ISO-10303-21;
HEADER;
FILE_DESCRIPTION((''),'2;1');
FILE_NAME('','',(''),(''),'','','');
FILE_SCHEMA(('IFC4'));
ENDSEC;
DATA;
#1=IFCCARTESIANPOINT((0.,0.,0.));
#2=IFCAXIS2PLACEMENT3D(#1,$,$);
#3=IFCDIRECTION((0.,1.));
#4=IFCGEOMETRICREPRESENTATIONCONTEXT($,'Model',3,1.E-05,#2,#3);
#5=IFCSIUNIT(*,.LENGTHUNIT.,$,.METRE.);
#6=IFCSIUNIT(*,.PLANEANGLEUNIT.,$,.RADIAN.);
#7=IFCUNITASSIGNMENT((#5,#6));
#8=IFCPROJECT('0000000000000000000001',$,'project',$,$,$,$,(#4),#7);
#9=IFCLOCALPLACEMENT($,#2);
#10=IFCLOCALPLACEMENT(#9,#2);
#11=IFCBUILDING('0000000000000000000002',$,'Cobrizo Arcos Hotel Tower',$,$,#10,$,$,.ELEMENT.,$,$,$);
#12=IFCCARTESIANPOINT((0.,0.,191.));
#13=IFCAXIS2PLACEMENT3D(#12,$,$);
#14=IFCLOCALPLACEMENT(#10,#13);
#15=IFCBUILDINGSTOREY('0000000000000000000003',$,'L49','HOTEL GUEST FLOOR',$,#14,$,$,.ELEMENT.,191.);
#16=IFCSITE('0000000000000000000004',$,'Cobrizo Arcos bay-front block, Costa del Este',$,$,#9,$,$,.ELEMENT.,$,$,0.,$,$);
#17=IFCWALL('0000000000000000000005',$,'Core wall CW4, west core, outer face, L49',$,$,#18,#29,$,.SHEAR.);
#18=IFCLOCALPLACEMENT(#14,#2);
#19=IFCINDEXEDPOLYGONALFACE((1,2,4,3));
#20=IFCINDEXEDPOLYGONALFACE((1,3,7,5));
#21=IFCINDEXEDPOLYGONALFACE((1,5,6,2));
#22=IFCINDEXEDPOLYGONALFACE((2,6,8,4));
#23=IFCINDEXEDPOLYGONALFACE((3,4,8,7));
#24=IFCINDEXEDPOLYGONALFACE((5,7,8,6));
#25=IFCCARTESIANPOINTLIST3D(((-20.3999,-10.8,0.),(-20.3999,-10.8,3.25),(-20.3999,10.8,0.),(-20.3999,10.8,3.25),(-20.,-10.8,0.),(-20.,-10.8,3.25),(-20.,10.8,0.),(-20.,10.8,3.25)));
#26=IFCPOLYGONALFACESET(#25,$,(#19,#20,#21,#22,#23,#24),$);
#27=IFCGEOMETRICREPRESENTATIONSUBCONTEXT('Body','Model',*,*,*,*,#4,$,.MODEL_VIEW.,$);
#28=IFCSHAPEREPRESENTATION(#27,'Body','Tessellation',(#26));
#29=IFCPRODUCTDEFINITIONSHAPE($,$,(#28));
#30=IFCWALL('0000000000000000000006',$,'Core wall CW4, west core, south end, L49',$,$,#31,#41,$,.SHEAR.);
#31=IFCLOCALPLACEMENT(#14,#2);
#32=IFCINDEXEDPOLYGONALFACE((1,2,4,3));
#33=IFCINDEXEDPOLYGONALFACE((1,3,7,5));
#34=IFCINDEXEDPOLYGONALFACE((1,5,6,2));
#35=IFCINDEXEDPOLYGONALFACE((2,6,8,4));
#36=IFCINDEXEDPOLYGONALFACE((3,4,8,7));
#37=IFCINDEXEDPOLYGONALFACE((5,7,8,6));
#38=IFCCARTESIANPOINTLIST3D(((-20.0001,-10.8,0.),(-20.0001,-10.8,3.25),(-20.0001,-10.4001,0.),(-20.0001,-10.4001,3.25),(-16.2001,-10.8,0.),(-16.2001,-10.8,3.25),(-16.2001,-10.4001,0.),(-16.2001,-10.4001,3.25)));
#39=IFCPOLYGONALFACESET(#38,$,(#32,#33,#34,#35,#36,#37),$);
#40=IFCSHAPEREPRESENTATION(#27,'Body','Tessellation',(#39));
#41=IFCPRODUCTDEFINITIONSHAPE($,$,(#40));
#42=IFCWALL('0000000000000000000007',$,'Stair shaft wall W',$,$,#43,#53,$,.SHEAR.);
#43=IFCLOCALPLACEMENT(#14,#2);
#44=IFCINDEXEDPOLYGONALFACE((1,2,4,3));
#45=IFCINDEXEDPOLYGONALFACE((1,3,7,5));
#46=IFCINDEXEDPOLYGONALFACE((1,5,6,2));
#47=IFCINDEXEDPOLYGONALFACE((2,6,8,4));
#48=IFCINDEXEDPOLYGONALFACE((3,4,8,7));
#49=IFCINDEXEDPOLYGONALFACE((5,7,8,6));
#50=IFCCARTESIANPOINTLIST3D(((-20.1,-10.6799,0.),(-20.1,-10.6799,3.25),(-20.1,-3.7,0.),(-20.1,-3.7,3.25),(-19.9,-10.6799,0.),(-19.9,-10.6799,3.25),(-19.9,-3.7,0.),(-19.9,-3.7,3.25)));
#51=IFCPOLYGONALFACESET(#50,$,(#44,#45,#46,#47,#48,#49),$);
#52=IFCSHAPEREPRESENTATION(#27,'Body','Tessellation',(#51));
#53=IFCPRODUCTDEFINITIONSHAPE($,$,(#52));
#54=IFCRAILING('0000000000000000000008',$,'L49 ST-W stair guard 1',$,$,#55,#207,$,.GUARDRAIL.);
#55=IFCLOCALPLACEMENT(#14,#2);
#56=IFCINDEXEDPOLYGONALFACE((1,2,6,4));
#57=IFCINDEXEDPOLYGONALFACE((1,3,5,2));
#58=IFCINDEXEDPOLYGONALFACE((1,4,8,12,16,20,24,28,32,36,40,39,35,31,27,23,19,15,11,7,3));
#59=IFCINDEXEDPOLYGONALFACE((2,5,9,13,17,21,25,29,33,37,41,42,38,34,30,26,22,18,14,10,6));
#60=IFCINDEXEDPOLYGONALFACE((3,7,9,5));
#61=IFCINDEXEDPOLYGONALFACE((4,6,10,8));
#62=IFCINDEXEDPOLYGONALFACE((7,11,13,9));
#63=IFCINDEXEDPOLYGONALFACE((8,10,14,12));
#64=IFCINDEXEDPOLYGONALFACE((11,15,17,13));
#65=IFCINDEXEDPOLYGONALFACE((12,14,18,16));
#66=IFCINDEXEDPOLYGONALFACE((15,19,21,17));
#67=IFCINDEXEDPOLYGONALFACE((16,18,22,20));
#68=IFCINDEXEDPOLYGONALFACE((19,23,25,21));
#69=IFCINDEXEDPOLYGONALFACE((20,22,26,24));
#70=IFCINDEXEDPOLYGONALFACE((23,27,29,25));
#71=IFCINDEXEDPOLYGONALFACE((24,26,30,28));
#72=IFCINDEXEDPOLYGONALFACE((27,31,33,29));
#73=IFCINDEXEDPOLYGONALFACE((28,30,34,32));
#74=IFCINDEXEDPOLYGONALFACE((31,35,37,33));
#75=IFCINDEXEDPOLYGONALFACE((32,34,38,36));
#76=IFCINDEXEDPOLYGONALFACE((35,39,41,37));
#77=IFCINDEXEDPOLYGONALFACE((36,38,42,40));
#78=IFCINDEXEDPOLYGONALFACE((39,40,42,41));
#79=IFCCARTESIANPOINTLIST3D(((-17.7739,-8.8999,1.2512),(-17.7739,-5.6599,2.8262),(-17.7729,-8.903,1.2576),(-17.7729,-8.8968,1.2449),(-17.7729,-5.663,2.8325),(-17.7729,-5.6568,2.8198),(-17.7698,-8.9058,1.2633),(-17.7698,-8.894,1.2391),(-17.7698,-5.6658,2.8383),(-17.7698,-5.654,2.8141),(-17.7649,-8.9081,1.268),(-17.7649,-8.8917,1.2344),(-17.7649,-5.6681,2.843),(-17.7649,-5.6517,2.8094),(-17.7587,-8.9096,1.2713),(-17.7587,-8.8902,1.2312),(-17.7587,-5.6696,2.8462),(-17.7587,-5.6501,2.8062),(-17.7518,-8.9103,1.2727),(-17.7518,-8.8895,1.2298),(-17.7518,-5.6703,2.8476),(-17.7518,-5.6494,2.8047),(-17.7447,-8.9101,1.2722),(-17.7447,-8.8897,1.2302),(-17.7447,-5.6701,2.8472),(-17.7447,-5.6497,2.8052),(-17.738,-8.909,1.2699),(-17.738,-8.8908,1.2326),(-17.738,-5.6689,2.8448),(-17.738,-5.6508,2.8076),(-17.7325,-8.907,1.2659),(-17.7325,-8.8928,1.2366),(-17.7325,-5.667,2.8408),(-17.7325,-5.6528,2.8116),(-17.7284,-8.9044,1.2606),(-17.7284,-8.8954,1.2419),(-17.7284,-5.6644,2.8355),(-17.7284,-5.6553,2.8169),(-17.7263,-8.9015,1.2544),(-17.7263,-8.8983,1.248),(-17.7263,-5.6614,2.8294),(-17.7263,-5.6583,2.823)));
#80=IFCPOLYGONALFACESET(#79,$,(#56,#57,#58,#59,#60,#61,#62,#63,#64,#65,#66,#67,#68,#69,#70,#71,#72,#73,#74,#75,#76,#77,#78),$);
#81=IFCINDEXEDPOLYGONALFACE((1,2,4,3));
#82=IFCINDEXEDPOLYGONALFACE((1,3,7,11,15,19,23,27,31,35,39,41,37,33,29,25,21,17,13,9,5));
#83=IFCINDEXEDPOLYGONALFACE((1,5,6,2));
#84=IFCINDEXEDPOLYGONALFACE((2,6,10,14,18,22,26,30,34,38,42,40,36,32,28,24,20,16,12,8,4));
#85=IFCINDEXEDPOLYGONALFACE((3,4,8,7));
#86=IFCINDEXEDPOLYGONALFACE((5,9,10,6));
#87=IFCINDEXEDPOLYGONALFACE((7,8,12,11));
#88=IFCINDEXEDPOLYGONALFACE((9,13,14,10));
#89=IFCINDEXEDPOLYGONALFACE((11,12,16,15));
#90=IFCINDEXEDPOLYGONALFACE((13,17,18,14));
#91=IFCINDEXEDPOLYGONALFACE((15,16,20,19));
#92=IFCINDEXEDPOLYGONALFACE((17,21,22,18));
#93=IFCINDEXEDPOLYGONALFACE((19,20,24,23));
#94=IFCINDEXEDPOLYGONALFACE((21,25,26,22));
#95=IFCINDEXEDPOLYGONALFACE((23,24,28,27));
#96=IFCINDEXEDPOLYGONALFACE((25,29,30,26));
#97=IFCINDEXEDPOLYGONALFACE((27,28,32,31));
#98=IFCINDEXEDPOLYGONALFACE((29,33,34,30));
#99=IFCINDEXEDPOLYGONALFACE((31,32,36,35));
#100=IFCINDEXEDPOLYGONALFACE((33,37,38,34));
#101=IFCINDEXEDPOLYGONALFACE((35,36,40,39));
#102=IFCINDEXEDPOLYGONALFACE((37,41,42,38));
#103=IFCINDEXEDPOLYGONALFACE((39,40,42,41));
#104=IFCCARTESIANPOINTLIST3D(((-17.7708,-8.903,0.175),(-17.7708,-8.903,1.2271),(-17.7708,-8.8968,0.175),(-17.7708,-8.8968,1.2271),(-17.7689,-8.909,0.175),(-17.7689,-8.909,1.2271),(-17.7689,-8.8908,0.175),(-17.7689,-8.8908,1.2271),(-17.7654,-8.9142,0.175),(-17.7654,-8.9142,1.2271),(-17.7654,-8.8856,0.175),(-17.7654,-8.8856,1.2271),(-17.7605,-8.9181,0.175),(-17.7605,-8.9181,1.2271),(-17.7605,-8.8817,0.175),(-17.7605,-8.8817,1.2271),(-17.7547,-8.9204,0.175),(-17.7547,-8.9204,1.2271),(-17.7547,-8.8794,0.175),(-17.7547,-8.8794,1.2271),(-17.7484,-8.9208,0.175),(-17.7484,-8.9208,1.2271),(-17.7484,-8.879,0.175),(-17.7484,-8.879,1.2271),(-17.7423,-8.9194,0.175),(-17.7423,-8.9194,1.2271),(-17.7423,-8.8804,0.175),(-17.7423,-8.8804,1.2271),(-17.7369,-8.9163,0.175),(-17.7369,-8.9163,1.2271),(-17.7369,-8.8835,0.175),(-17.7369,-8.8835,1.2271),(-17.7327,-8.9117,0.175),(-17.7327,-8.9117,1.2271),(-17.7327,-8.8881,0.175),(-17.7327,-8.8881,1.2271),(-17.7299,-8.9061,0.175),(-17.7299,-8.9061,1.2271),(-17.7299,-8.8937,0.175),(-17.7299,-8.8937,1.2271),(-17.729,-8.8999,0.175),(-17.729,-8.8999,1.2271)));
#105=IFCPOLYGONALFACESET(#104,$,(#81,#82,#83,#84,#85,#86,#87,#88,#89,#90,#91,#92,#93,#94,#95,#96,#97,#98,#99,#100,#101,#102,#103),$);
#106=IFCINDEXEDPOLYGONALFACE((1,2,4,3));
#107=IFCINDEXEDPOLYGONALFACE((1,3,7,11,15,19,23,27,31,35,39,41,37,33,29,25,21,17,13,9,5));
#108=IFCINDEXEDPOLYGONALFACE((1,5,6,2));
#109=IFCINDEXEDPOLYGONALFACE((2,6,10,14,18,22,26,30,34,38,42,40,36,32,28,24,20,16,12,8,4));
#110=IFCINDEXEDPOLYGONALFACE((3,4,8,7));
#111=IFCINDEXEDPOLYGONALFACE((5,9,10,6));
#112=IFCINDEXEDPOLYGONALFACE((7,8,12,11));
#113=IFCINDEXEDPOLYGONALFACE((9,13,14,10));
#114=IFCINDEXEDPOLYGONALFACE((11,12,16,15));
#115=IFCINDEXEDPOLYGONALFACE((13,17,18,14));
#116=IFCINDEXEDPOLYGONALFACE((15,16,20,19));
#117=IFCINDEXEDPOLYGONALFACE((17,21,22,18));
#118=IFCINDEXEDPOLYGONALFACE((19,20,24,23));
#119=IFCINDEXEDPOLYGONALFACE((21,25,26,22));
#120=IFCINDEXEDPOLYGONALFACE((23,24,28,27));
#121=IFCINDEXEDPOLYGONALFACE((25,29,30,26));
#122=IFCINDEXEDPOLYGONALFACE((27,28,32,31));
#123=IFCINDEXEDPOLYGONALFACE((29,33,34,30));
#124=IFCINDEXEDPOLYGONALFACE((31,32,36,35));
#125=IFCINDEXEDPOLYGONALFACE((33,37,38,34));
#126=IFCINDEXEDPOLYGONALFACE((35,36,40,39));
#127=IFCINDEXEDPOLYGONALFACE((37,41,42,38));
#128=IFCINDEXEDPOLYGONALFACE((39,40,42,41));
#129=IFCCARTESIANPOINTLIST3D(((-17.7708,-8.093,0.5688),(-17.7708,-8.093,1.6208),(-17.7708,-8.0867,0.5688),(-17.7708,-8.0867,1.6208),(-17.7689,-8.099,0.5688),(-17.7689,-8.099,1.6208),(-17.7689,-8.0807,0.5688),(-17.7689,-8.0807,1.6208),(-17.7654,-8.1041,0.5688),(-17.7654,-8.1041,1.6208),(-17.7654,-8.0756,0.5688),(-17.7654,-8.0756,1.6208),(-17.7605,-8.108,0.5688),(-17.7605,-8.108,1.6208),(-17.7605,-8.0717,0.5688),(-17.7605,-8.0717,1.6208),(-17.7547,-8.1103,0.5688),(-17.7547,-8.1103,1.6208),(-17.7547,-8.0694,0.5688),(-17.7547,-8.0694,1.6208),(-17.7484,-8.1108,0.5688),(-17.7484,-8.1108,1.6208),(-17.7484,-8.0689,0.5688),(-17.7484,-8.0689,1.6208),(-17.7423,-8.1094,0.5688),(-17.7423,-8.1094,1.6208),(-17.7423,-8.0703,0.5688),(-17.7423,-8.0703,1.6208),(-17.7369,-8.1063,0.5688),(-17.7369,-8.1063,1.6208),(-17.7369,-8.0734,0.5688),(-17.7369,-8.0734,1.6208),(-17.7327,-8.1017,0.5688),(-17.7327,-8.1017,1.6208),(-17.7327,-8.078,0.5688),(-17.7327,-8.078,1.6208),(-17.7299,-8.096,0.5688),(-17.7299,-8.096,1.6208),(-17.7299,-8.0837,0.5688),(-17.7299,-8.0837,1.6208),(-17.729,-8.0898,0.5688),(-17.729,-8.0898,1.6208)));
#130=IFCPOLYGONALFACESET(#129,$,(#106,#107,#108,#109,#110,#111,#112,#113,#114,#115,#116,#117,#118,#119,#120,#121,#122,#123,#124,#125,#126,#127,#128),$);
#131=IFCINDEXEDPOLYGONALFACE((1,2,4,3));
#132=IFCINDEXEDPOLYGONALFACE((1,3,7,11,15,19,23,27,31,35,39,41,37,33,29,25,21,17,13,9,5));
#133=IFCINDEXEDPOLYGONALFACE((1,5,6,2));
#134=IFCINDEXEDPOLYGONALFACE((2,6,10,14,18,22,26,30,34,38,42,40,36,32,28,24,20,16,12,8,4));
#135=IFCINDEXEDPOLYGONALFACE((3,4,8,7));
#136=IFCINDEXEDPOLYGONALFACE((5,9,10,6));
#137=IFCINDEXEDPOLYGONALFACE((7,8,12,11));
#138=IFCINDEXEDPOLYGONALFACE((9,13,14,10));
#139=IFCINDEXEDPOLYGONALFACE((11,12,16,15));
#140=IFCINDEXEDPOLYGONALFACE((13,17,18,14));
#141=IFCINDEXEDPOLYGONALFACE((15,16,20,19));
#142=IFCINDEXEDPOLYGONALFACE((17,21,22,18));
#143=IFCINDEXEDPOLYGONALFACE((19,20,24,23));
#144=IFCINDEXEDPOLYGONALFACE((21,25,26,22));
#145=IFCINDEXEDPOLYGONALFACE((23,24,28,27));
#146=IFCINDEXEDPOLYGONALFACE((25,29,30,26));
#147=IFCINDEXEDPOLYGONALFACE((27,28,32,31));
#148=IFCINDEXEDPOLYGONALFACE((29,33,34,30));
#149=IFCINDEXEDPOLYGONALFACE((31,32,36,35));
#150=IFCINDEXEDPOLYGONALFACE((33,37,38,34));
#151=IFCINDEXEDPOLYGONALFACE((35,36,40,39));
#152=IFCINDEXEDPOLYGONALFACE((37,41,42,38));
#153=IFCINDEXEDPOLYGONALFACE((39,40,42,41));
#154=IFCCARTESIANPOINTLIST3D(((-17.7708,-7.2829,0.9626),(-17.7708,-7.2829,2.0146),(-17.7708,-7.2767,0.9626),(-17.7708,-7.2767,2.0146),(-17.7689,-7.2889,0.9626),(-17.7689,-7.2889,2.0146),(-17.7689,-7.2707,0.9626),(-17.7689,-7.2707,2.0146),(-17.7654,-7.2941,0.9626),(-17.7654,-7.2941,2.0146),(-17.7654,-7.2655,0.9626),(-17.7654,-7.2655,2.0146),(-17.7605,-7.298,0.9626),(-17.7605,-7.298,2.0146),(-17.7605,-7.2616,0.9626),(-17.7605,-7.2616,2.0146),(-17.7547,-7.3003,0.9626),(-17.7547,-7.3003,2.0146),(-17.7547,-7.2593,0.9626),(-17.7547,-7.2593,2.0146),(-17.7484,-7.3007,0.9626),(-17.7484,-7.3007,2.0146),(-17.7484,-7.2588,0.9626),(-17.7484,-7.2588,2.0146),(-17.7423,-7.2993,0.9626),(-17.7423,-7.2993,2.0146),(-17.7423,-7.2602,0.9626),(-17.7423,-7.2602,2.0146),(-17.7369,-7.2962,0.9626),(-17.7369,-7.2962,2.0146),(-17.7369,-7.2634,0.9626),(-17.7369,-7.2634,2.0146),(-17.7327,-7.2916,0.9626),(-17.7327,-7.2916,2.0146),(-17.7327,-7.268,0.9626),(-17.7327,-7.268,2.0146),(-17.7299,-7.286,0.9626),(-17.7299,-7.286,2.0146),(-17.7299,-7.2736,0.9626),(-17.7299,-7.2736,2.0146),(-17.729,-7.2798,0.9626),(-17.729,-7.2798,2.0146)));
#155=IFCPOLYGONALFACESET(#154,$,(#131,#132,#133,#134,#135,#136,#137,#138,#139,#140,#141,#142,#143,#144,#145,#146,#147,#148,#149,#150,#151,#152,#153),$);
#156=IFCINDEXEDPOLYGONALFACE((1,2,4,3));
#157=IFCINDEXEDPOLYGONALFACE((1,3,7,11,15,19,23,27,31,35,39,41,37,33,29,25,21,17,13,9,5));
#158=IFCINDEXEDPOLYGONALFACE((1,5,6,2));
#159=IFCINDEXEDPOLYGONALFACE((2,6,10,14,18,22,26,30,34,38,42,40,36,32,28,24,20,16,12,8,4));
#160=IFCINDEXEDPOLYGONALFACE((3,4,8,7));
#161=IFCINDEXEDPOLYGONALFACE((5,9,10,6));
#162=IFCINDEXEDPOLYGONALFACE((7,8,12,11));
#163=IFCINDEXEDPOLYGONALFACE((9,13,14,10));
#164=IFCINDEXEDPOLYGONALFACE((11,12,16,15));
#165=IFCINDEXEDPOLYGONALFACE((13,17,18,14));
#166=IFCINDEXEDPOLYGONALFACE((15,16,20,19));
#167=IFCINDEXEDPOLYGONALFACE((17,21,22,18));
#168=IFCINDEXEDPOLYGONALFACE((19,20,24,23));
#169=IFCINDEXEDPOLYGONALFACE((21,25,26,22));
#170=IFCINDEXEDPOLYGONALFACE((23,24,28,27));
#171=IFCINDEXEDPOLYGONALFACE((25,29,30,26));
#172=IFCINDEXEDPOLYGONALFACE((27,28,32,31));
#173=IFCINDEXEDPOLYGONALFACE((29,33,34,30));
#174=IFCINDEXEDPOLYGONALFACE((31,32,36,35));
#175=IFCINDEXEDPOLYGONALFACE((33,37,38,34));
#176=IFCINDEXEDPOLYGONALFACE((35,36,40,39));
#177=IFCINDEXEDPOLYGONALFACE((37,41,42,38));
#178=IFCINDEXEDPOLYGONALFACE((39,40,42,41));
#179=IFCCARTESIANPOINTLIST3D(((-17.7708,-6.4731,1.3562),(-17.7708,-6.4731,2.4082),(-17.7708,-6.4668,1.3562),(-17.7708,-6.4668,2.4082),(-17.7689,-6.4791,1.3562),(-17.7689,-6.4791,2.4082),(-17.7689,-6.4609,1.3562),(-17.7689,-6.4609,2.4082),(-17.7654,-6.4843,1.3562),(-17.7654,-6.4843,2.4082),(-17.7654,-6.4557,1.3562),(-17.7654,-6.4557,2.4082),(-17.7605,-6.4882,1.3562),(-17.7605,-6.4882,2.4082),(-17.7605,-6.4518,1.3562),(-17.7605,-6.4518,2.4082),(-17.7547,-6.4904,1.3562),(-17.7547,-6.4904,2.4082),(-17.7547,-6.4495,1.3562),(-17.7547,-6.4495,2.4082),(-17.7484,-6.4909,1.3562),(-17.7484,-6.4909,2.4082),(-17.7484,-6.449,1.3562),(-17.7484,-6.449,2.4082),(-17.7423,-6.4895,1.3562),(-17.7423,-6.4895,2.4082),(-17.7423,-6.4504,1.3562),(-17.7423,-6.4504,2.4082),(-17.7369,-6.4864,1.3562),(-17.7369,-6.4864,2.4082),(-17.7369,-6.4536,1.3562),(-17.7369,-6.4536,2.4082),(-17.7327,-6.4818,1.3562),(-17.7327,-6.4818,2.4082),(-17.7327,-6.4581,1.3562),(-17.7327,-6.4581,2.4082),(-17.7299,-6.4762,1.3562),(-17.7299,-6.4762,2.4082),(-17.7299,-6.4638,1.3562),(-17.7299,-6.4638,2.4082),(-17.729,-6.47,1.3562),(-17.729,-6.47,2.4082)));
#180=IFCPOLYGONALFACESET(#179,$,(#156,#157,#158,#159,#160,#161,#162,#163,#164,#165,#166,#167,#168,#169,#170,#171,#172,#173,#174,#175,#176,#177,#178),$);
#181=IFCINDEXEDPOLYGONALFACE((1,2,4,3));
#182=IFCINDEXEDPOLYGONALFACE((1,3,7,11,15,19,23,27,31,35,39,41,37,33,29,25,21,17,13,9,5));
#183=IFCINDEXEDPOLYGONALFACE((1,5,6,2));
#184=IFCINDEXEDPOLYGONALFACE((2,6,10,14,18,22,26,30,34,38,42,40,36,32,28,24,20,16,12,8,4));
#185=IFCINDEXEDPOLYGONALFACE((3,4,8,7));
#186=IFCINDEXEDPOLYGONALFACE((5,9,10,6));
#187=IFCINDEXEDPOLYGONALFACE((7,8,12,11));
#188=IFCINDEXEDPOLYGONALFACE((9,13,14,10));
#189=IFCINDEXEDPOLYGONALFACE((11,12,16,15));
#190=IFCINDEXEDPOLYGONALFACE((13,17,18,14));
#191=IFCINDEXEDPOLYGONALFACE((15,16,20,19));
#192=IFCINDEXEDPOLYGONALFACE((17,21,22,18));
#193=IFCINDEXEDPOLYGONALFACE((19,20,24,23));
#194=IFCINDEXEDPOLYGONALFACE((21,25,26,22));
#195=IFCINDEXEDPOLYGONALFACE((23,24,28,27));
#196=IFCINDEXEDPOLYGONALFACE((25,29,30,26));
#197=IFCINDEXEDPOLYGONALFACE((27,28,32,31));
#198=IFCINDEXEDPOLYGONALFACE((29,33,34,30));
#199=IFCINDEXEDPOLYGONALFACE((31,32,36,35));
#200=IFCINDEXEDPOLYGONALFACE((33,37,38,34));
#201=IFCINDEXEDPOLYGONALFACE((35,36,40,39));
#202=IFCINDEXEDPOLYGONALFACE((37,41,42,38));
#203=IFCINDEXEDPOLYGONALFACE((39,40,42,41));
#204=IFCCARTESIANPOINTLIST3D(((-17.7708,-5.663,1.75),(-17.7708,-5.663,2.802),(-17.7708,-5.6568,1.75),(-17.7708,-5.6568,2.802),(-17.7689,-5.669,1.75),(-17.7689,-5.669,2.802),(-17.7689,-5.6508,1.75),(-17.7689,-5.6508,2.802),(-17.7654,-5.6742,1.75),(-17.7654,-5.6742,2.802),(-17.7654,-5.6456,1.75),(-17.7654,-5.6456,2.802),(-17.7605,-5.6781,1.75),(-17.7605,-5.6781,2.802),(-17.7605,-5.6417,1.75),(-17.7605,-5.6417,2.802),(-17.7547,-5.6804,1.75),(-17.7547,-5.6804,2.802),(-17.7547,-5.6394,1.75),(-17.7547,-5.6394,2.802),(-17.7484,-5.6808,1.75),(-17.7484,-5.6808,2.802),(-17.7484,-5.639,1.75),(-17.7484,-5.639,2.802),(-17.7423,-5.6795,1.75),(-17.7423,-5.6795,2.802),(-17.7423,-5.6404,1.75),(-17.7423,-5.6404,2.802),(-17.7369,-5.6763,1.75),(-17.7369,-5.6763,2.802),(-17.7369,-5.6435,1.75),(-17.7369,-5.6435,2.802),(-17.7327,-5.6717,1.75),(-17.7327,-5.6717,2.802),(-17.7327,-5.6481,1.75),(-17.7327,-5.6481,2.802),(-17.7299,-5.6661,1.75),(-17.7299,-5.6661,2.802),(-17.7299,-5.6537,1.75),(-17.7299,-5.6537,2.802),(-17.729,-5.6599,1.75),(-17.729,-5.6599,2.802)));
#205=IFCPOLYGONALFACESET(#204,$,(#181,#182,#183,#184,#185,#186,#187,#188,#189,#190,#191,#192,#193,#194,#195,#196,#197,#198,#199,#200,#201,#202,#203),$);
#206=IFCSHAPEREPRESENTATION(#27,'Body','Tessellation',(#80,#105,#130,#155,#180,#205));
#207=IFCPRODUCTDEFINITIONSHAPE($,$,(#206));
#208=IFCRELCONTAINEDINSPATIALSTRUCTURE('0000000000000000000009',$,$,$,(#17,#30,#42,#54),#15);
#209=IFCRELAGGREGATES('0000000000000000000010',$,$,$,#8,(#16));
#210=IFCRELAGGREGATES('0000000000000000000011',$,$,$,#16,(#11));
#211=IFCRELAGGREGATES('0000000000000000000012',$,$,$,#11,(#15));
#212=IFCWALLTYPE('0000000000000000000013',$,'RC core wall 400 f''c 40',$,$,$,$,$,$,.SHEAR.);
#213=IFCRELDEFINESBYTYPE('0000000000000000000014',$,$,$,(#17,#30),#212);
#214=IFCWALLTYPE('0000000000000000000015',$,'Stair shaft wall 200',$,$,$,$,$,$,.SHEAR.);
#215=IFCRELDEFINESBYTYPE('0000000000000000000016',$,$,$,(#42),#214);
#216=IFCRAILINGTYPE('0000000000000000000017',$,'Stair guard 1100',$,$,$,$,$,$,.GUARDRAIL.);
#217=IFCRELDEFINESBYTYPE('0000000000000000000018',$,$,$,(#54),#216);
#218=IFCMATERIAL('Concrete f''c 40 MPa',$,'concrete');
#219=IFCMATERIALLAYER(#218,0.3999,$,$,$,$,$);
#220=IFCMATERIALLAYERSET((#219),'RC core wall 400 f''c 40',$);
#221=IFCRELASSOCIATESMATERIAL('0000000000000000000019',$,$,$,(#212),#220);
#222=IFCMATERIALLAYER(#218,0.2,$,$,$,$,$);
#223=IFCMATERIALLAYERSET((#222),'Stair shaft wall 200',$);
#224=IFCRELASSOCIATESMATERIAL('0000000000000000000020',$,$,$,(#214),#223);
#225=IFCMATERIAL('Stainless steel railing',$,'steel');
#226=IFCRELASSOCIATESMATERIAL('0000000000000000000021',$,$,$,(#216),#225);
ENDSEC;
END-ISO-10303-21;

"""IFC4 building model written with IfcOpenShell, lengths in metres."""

from ifc_helpers import new_model, si_unit, direction, frame, frame_2d, origin, origin_2d, place, context, subcontext, project, spatial, rectangle, circle, extrude, material, layer, layer_set, type_object, element, save


model = new_model("IFC4")

# Units and contexts
model_context = context("Model", 3, precision=1e-05, world=origin(), true_north=direction((0.0, 1.0)))
body_context = subcontext(model_context, "Body", "Model", "MODEL_VIEW")
ifc_project = project(units=[si_unit("LENGTHUNIT", "METRE"), si_unit("PLANEANGLEUNIT", "RADIAN")], contexts=[model_context])

# Site, building, storey
site_placement = place(None, origin())
site = spatial("IfcSite", under=ifc_project, at=site_placement, Name="Cobrizo Arcos bay-front block, Costa del Este", CompositionType="ELEMENT", RefElevation=0.0)
building_placement = place(site_placement, origin())
building = spatial("IfcBuilding", under=site, at=building_placement, Name="Cobrizo Arcos Hotel Tower", CompositionType="ELEMENT")
storey_placement = place(building_placement, frame((0.0, 0.0, 191.0)))
storey = spatial("IfcBuildingStorey", under=building, at=storey_placement, Name="L49", Description="HOTEL GUEST FLOOR", CompositionType="ELEMENT", Elevation=191.0)

# Shared definitions
ifc_material_1 = material(Name="Concrete f'c 40 MPa", Category="concrete")
ifc_layer_1 = layer(ifc_material_1, 0.3999)
ifc_layer_set_1 = layer_set([ifc_layer_1], Name="RC core wall 400 f'c 40")
wall_type_1 = type_object("IfcWallType", Name="RC core wall 400 f'c 40", PredefinedType="SHEAR", material=ifc_layer_set_1)

# Walls
wall_1_placement = place(storey_placement, frame((-20.2, -10.8, 0.0), z_axis=(0.0, 0.0, 1.0), x_axis=(0.0, 1.0, 0.0)))
element("IfcWall", 1, at=wall_1_placement, inside=storey, type_object=wall_type_1, Name="Core wall CW4, west core, outer face, L49", PredefinedType="SHEAR", context=body_context, shape_type="SweptSolid", body=[
    extrude(rectangle(XDim=21.6001, YDim=0.3999, at=frame_2d((10.8, 0.0))), origin(), (0.0, 0.0, 1.0), 3.25),
])
wall_2_placement = place(storey_placement, frame((-20.0, -10.6001, 0.0), z_axis=(0.0, 0.0, 1.0), x_axis=(1.0, 0.0, 0.0)))
element("IfcWall", 2, at=wall_2_placement, inside=storey, type_object=wall_type_1, Name="Core wall CW4, west core, south end, L49", PredefinedType="SHEAR", context=body_context, shape_type="SweptSolid", body=[
    extrude(rectangle(XDim=3.8, YDim=0.3999, at=frame_2d((1.8999, 0.0))), origin(), (0.0, 0.0, 1.0), 3.25),
])
ifc_layer_2 = layer(ifc_material_1, 0.2)
ifc_layer_set_2 = layer_set([ifc_layer_2], Name="Stair shaft wall 200")
wall_type_2 = type_object("IfcWallType", Name="Stair shaft wall 200", PredefinedType="SHEAR", material=ifc_layer_set_2)
wall_3_placement = place(storey_placement, frame((-20.0, -10.6799, 0.0), z_axis=(0.0, 0.0, 1.0), x_axis=(0.0, 1.0, 0.0)))
element("IfcWall", 3, at=wall_3_placement, inside=storey, type_object=wall_type_2, Name="Stair shaft wall W", PredefinedType="SHEAR", context=body_context, shape_type="SweptSolid", body=[
    extrude(rectangle(XDim=6.98, YDim=0.2, at=frame_2d((3.49, 0.0))), origin(), (0.0, 0.0, 1.0), 3.25),
])

# Railing
ifc_material_2 = material(Name="Stainless steel railing", Category="steel")
railing_type = type_object("IfcRailingType", Name="Stair guard 1100", PredefinedType="GUARDRAIL", material=ifc_material_2)
railing_1_placement = place(storey_placement, frame((-17.75, -8.8999, 0.175)))
element("IfcRailing", 4, at=railing_1_placement, inside=storey, type_object=railing_type, Name="L49 ST-W stair guard 1", PredefinedType="GUARDRAIL", context=body_context, shape_type="SweptSolid", body=[
    extrude(circle(Radius=0.0239, at=origin_2d()), frame((0.0, 0.0, 1.0762), z_axis=(0.0, 0.899373, 0.437183), x_axis=(-1.0, 0.0, 0.0)), (0.0, 0.0, 1.0), 3.6025),
    extrude(circle(Radius=0.021, at=origin_2d()), origin(), (0.0, 0.0, 1.0), 1.052),
    extrude(circle(Radius=0.021, at=origin_2d()), frame((0.0, 0.8101, 0.3938)), (0.0, 0.0, 1.0), 1.052),
    extrude(circle(Radius=0.021, at=origin_2d()), frame((0.0, 1.6201, 0.7876)), (0.0, 0.0, 1.0), 1.052),
    extrude(circle(Radius=0.021, at=origin_2d()), frame((0.0, 2.4299, 1.1812)), (0.0, 0.0, 1.0), 1.052),
    extrude(circle(Radius=0.021, at=origin_2d()), frame((0.0, 3.24, 1.575)), (0.0, 0.0, 1.0), 1.052),
])

save(model, "model.ifc")
